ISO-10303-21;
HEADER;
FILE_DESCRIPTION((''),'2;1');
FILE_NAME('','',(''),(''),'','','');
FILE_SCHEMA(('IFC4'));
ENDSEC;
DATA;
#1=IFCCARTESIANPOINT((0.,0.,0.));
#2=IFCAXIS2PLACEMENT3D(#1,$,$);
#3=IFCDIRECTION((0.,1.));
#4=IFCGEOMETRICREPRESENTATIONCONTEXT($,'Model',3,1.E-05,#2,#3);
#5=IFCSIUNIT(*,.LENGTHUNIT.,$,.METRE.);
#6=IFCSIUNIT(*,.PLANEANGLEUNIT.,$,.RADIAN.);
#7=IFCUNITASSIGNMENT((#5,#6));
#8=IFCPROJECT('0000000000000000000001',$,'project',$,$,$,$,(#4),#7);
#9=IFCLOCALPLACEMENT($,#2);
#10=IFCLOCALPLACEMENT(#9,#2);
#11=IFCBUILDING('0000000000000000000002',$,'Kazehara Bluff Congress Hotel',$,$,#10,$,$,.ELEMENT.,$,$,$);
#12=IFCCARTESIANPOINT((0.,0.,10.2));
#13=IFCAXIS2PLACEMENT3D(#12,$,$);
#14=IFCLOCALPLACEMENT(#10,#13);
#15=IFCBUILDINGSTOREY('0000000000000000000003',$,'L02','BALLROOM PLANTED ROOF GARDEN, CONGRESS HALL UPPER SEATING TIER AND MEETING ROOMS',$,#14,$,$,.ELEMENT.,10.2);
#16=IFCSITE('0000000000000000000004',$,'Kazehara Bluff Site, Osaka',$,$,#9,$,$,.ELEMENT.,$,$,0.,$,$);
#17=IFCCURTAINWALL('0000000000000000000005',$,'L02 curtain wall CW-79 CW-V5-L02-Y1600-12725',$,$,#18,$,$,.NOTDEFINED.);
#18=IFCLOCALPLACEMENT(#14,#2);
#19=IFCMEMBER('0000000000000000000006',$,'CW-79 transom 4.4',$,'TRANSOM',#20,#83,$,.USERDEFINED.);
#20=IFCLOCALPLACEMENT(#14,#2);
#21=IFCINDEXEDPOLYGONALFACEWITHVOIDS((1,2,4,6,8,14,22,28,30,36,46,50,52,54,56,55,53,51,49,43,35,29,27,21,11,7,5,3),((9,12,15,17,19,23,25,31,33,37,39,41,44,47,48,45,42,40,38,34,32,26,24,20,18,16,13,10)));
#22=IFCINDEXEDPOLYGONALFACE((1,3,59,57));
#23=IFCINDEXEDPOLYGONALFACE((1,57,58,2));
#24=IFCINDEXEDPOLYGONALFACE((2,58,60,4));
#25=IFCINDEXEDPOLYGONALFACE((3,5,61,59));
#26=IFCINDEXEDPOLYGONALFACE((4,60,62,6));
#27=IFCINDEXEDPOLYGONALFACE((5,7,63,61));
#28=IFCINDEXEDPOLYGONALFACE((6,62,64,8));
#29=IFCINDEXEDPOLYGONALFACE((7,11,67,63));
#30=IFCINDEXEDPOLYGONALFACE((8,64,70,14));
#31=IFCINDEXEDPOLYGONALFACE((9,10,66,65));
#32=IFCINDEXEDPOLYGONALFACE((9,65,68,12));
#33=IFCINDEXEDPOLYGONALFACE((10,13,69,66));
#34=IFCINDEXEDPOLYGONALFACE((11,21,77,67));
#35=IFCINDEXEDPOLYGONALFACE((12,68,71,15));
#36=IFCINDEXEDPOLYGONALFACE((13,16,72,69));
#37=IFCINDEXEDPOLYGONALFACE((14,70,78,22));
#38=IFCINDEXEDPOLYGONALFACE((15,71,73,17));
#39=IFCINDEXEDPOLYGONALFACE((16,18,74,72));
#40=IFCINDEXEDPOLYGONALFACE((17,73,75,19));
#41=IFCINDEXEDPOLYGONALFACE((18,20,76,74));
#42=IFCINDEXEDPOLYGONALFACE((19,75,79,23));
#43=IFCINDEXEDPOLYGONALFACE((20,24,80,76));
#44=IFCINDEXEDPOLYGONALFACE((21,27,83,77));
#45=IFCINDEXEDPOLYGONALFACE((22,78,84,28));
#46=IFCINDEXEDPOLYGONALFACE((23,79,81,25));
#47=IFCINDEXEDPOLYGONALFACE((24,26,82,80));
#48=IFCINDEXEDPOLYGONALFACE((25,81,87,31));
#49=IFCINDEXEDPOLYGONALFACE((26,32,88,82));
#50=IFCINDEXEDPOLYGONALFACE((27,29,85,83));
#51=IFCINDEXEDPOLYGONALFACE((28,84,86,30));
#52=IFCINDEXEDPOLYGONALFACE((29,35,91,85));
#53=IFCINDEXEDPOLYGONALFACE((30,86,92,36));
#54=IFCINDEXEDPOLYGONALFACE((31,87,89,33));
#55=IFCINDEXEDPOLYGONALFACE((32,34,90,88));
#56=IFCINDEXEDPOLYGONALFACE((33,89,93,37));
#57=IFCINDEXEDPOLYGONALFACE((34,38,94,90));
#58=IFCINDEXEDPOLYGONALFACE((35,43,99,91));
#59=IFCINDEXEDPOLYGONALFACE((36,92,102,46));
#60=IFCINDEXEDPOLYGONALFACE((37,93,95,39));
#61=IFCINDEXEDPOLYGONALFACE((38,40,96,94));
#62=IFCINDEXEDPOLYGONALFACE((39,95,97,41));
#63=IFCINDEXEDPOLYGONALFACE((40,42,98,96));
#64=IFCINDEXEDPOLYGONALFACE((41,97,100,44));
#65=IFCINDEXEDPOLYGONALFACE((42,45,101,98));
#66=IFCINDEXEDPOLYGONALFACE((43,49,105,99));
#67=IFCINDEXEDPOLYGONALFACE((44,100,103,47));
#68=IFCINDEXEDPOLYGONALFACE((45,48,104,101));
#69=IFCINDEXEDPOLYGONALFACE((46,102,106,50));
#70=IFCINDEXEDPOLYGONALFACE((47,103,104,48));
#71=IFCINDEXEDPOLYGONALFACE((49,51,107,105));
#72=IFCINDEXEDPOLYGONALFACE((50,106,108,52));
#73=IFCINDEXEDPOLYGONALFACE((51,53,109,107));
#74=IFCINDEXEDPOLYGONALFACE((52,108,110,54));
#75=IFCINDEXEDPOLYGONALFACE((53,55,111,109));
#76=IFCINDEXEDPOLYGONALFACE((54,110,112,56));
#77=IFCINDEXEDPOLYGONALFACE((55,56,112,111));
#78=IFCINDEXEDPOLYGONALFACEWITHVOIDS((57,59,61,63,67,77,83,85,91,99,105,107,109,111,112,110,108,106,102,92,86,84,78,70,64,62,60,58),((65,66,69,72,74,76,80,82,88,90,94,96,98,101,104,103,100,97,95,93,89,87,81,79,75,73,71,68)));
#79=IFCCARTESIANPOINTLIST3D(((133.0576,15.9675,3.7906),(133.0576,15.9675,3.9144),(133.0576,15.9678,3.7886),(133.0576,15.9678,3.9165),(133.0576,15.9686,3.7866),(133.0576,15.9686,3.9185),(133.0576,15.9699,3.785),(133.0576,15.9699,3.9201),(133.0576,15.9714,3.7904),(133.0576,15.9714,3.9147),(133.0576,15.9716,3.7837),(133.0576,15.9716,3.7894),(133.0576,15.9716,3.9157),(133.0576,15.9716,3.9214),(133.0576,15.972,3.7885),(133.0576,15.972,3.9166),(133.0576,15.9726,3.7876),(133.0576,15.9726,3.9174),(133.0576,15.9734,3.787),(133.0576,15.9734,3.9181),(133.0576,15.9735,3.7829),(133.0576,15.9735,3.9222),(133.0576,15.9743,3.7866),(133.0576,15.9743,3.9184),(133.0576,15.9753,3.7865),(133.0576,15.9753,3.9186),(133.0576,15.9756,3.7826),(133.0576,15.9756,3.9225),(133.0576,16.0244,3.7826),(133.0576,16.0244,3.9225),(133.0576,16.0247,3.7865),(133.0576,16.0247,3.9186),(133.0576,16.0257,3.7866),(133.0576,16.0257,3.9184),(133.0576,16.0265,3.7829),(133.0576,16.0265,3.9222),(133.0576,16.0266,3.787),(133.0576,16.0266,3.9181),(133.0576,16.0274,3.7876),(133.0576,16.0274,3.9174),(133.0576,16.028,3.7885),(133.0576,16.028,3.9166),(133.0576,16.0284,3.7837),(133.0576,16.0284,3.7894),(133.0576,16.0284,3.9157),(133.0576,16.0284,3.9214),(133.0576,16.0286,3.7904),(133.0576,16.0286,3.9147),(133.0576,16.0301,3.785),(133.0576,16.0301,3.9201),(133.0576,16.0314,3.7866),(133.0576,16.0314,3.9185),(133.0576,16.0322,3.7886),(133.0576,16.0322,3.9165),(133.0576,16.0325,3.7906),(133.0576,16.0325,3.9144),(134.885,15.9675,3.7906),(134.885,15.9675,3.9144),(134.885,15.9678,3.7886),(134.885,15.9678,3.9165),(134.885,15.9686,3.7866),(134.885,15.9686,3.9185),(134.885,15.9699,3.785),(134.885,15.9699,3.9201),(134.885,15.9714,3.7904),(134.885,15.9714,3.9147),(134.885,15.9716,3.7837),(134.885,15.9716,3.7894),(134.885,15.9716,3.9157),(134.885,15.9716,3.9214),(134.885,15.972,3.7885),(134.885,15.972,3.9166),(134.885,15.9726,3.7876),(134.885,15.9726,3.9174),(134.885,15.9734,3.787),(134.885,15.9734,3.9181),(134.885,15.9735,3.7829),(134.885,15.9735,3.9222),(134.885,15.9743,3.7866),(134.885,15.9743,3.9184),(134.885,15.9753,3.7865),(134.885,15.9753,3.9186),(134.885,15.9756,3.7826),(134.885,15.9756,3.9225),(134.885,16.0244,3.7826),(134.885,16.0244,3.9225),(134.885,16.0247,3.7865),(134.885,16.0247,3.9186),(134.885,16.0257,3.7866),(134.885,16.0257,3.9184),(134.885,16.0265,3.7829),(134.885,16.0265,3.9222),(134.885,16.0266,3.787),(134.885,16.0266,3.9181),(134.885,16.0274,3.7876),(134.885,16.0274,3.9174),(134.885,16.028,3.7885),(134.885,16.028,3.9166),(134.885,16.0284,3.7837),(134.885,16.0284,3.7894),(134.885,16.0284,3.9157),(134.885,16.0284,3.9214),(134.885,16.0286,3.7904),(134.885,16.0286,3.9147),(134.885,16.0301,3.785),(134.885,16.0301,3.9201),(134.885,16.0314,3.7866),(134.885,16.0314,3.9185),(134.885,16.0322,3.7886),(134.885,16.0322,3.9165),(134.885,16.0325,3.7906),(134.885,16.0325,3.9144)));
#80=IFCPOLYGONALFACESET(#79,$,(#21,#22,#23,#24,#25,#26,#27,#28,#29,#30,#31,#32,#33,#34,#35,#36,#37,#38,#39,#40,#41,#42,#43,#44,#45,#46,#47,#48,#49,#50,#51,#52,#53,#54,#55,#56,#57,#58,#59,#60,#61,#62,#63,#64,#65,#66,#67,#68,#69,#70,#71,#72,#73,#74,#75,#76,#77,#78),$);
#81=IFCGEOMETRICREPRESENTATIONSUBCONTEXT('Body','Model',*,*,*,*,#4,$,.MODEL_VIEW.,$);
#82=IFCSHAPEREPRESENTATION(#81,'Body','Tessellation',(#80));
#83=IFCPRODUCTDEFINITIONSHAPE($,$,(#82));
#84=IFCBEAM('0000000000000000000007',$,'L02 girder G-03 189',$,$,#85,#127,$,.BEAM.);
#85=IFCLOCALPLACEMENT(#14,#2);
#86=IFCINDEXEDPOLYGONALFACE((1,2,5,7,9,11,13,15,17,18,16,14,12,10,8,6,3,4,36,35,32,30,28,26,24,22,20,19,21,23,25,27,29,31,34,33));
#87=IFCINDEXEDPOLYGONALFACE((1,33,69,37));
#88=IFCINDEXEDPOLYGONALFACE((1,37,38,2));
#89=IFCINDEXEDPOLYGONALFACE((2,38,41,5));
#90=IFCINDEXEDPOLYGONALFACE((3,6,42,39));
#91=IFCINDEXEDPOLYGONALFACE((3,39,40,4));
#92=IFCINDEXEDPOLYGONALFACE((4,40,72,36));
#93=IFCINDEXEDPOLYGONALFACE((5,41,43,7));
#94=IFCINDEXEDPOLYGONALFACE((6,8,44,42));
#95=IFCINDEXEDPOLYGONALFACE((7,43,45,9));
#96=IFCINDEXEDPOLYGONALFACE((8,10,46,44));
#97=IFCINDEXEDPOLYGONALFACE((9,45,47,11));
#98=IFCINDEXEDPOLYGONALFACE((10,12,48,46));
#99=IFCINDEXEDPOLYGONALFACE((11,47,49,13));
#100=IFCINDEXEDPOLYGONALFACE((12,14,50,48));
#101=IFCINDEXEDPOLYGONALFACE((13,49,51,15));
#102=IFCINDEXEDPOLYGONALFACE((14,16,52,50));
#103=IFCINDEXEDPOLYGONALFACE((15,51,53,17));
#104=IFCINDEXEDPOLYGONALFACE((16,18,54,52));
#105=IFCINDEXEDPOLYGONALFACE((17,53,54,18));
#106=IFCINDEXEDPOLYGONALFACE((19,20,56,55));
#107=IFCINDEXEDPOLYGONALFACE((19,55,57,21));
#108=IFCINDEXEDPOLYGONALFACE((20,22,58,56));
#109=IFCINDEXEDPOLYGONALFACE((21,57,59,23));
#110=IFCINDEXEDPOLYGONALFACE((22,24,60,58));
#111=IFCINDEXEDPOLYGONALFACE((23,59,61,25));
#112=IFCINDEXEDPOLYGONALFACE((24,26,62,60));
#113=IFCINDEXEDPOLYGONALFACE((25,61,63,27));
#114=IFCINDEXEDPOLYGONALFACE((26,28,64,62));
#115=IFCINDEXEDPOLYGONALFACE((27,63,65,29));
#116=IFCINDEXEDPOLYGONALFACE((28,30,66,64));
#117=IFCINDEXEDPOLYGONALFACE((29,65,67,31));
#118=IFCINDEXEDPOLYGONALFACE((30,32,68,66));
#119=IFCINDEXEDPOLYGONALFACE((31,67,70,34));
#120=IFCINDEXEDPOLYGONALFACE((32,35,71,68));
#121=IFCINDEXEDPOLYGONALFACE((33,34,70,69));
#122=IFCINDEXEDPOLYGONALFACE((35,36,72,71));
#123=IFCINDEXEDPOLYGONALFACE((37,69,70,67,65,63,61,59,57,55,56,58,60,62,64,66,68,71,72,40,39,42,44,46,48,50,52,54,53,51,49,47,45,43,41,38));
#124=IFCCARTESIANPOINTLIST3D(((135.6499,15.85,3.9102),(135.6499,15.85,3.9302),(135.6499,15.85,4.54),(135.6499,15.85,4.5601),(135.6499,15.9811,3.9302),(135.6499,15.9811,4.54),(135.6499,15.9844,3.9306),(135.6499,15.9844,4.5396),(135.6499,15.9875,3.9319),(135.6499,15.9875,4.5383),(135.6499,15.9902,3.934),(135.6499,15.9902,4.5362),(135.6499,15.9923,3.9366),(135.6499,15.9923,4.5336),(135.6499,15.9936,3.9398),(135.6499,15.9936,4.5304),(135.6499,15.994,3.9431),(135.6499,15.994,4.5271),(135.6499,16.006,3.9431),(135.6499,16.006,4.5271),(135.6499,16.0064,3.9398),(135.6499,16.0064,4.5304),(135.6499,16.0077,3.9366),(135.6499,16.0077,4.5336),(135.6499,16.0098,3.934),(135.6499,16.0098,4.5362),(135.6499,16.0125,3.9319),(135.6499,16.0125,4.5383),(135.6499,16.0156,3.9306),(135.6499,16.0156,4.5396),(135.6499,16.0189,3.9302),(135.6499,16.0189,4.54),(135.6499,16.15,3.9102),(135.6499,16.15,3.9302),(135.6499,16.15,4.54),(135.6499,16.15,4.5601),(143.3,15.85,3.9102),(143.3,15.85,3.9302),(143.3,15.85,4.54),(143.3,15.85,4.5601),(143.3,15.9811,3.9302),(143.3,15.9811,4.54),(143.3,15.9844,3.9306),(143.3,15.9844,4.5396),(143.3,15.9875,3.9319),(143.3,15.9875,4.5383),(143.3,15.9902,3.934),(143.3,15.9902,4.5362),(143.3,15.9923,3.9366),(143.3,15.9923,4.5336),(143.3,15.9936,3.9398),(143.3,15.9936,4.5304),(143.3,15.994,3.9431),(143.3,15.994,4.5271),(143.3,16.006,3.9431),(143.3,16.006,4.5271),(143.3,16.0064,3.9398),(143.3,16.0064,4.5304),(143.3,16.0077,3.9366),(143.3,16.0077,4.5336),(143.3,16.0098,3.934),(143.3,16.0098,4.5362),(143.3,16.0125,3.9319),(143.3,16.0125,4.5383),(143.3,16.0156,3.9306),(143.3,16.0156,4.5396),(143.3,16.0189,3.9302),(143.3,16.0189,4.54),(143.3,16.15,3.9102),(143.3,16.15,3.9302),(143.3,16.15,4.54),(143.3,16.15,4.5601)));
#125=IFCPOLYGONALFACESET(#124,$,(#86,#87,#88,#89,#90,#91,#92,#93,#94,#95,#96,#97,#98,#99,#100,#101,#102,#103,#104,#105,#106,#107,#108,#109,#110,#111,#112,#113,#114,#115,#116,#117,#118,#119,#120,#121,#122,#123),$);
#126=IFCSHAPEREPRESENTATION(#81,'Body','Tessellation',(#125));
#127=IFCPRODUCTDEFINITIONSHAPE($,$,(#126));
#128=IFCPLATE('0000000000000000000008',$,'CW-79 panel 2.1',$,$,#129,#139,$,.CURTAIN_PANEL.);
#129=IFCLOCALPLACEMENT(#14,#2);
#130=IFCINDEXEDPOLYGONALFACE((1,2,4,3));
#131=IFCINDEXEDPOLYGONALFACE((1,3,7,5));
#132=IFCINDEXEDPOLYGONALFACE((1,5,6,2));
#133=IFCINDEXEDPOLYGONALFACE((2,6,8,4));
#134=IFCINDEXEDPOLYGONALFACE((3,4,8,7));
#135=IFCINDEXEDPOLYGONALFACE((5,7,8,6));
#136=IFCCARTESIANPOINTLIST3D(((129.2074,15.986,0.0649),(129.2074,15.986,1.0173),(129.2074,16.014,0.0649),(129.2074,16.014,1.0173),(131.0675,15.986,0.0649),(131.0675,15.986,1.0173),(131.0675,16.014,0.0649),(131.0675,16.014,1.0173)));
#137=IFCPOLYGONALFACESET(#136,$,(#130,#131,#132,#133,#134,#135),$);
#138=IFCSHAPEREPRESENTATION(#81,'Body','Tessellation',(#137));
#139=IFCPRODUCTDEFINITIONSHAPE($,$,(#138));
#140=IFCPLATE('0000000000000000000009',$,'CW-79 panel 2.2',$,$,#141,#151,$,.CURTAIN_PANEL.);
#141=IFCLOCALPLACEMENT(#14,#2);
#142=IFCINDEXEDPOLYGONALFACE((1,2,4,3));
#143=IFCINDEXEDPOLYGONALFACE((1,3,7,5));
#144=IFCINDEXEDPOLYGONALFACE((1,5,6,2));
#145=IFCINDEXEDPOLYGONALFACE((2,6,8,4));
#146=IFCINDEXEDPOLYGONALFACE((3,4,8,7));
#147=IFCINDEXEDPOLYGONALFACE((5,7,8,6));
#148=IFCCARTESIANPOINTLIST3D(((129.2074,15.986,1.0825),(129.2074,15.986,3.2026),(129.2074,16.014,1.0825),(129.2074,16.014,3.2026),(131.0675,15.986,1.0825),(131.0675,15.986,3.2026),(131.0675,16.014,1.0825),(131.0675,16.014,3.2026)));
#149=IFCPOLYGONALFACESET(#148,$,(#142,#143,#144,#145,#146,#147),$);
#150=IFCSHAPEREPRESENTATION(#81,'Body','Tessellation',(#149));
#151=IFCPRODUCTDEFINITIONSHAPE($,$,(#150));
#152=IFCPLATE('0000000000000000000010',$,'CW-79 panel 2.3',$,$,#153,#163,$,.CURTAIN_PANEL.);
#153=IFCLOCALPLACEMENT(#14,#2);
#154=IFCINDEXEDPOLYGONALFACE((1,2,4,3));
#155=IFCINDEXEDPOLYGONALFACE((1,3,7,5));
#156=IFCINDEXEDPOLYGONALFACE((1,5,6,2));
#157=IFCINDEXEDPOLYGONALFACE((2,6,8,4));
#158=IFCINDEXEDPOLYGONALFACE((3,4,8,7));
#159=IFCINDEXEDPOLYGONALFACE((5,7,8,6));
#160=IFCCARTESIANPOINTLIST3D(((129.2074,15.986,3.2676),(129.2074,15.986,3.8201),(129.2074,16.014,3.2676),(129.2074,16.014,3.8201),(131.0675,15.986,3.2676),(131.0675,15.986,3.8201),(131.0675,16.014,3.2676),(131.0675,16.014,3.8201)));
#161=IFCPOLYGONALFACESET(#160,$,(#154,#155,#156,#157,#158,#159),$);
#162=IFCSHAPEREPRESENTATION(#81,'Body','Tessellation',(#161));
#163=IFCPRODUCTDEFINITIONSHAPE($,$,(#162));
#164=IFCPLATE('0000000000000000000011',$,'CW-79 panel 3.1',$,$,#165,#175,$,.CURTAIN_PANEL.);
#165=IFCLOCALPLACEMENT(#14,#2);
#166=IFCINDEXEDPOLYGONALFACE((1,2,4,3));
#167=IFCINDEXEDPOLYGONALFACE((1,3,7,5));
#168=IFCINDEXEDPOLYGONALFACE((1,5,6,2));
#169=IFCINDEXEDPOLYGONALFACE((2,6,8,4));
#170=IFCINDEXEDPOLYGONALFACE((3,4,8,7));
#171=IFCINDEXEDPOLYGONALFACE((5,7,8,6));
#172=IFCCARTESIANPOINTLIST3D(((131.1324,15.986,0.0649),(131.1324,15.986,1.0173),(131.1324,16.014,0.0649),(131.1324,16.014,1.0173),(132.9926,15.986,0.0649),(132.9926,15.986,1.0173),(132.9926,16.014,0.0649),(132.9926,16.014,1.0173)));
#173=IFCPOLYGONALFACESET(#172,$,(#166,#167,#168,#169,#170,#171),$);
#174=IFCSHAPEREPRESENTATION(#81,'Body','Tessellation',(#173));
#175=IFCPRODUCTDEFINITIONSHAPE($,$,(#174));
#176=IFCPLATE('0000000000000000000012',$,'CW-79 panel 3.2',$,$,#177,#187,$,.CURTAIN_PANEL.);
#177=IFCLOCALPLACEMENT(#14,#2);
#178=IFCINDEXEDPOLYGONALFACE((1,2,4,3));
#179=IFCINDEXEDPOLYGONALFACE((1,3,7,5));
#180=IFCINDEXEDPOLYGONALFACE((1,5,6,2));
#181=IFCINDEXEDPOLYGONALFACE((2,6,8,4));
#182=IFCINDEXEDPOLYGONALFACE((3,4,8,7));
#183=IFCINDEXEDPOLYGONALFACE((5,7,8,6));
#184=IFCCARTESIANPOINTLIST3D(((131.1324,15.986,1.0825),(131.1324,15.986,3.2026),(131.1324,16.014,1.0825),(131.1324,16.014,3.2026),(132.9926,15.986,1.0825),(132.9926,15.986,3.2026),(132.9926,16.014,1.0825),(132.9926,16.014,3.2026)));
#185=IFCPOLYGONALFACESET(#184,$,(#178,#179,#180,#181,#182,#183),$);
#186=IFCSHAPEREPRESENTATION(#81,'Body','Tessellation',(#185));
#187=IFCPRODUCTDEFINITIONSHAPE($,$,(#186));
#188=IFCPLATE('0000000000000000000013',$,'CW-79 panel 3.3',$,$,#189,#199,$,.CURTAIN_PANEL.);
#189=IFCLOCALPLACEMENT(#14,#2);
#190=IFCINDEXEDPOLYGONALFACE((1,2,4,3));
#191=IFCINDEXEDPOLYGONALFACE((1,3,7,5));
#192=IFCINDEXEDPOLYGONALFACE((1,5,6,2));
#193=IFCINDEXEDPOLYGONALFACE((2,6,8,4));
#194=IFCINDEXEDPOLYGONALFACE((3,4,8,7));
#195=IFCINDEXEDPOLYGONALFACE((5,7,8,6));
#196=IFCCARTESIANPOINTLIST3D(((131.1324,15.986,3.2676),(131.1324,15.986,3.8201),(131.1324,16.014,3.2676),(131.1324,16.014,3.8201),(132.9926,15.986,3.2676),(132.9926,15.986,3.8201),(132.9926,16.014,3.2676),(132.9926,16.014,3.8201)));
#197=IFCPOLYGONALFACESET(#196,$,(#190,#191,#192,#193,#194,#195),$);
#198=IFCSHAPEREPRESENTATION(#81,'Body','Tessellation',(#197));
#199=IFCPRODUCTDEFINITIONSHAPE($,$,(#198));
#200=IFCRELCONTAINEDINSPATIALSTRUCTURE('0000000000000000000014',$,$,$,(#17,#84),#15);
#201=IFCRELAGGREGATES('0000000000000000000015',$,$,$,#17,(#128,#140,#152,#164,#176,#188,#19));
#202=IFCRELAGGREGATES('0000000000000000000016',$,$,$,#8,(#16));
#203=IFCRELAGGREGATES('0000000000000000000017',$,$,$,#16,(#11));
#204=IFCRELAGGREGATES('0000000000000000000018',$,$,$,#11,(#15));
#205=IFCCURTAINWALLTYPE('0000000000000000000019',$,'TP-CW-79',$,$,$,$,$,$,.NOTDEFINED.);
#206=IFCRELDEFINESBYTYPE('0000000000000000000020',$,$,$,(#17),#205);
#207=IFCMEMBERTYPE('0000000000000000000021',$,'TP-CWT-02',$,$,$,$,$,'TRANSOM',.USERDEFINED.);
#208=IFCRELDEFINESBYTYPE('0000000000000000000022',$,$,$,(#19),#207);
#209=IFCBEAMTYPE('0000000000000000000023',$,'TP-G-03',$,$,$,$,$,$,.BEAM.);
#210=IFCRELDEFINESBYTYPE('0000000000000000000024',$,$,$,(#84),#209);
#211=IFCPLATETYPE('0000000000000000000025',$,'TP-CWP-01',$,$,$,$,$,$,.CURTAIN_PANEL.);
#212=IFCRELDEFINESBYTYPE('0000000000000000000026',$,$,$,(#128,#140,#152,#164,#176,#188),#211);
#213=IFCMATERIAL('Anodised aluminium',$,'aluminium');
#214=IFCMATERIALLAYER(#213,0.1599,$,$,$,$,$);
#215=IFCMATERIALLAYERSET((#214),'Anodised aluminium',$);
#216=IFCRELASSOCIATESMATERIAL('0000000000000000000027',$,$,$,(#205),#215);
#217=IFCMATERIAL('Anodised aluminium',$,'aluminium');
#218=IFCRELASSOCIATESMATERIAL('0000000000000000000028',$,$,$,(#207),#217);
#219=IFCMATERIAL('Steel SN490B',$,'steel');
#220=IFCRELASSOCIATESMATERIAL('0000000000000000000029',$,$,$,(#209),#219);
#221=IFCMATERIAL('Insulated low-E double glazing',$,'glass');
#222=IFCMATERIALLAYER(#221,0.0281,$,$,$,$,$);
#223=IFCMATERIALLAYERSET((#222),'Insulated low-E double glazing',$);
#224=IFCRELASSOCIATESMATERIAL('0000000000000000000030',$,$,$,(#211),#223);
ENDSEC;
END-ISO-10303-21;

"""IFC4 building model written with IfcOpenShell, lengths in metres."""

from ifc_helpers import new_model, si_unit, direction, frame, origin, origin_2d, place, context, subcontext, project, spatial, rectangle, hollow_rectangle, i_section, extrude, material, layer, layer_set, material_profile, profile_set, type_object, element, aggregate, save


model = new_model("IFC4")

# Units and contexts
model_context = context("Model", 3, precision=1e-05, world=origin(), true_north=direction((0.0, 1.0)))
body_context = subcontext(model_context, "Body", "Model", "MODEL_VIEW")
ifc_project = project(units=[si_unit("LENGTHUNIT", "METRE"), si_unit("PLANEANGLEUNIT", "RADIAN")], contexts=[model_context])

# Site, building, storey
site_placement = place(None, origin())
site = spatial("IfcSite", under=ifc_project, at=site_placement, Name="Kazehara Bluff Site, Osaka", CompositionType="ELEMENT", RefElevation=0.0)
building_placement = place(site_placement, origin())
building = spatial("IfcBuilding", under=site, at=building_placement, Name="Kazehara Bluff Congress Hotel", CompositionType="ELEMENT")
storey_placement = place(building_placement, frame((0.0, 0.0, 10.2)))
storey = spatial("IfcBuildingStorey", under=building, at=storey_placement, Name="L02", Description="BALLROOM PLANTED ROOF GARDEN, CONGRESS HALL UPPER SEATING TIER AND MEETING ROOMS", CompositionType="ELEMENT", Elevation=10.2)

# Curtain wall
ifc_material_1 = material(Name="Anodised aluminium", Category="aluminium")
ifc_layer_1 = layer(ifc_material_1, 0.1599)
ifc_layer_set_1 = layer_set([ifc_layer_1], Name="Anodised aluminium")
curtain_wall_type_1 = type_object("IfcCurtainWallType", Name="TP-CW-79", PredefinedType="NOTDEFINED", material=ifc_layer_set_1)
curtain_wall_1_placement = place(storey_placement, origin())
curtain_wall_1 = element("IfcCurtainWall", 1, at=curtain_wall_1_placement, inside=storey, type_object=curtain_wall_type_1, Name="L02 curtain wall CW-79 CW-V5-L02-Y1600-12725", PredefinedType="NOTDEFINED")

# Member
ifc_material_2 = material(Name="Anodised aluminium", Category="aluminium")
ifc_material_profile_1 = material_profile(ifc_material_2, hollow_rectangle(XDim=0.0649, YDim=0.1399, WallThickness=0.0039, InnerFilletRadius=0.0039, OuterFilletRadius=0.0081, at=origin_2d()))
ifc_profile_set_1 = profile_set([ifc_material_profile_1], Name="Anodised aluminium")
member_type_1 = type_object("IfcMemberType", Name="TP-CWT-02", ElementType="TRANSOM", PredefinedType="USERDEFINED", material=ifc_profile_set_1)
member_1_placement = place(storey_placement, frame((133.0576, 16.0, 3.8525), z_axis=(1.0, 0.0, 0.0), x_axis=(0.0, 1.0, 0.0)))
member_1 = element("IfcMember", 2, at=member_1_placement, type_object=member_type_1, Name="CW-79 transom 4.4", ObjectType="TRANSOM", PredefinedType="USERDEFINED", context=body_context, shape_type="SweptSolid", body=[
    extrude(hollow_rectangle(XDim=0.0649, YDim=0.1399, WallThickness=0.0039, InnerFilletRadius=0.0039, OuterFilletRadius=0.0081, at=origin_2d()), origin(), (0.0, 0.0, 1.0), 1.8274),
])

# Beam
ifc_material_3 = material(Name="Steel SN490B", Category="steel")
ifc_material_profile_2 = material_profile(ifc_material_3, i_section(OverallWidth=0.3, OverallDepth=0.6499, WebThickness=0.012, FlangeThickness=0.02, FilletRadius=0.0129, at=origin_2d()))
ifc_profile_set_2 = profile_set([ifc_material_profile_2], Name="Steel SN490B")
beam_type = type_object("IfcBeamType", Name="TP-G-03", PredefinedType="BEAM", material=ifc_profile_set_2)
beam_placement = place(storey_placement, frame((135.6499, 16.0, 4.2351), z_axis=(1.0, 0.0, 0.0), x_axis=(0.0, 1.0, 0.0)))
element("IfcBeam", 3, at=beam_placement, inside=storey, type_object=beam_type, Name="L02 girder G-03 189", PredefinedType="BEAM", context=body_context, shape_type="SweptSolid", body=[
    extrude(i_section(OverallWidth=0.3, OverallDepth=0.6499, WebThickness=0.012, FlangeThickness=0.02, FilletRadius=0.0129, at=origin_2d()), origin(), (0.0, 0.0, 1.0), 7.6501),
])

# Plates
ifc_material_4 = material(Name="Insulated low-E double glazing", Category="glass")
ifc_layer_2 = layer(ifc_material_4, 0.0281)
ifc_layer_set_2 = layer_set([ifc_layer_2], Name="Insulated low-E double glazing")
plate_type = type_object("IfcPlateType", Name="TP-CWP-01", PredefinedType="CURTAIN_PANEL", material=ifc_layer_set_2)
plate_1_placement = place(storey_placement, frame((130.1375, 16.0, 0.0649), z_axis=(0.0, 0.0, 1.0), x_axis=(1.0, 0.0, 0.0)))
plate_1 = element("IfcPlate", 4, at=plate_1_placement, type_object=plate_type, Name="CW-79 panel 2.1", PredefinedType="CURTAIN_PANEL", context=body_context, shape_type="SweptSolid", body=[
    extrude(rectangle(XDim=1.8601, YDim=0.0281, at=origin_2d()), origin(), (0.0, 0.0, 1.0), 0.9524),
])
plate_2_placement = place(storey_placement, frame((130.1375, 16.0, 1.0825), z_axis=(0.0, 0.0, 1.0), x_axis=(1.0, 0.0, 0.0)))
plate_2 = element("IfcPlate", 5, at=plate_2_placement, type_object=plate_type, Name="CW-79 panel 2.2", PredefinedType="CURTAIN_PANEL", context=body_context, shape_type="SweptSolid", body=[
    extrude(rectangle(XDim=1.8601, YDim=0.0281, at=origin_2d()), origin(), (0.0, 0.0, 1.0), 2.1201),
])
plate_3_placement = place(storey_placement, frame((130.1375, 16.0, 3.2676), z_axis=(0.0, 0.0, 1.0), x_axis=(1.0, 0.0, 0.0)))
plate_3 = element("IfcPlate", 6, at=plate_3_placement, type_object=plate_type, Name="CW-79 panel 2.3", PredefinedType="CURTAIN_PANEL", context=body_context, shape_type="SweptSolid", body=[
    extrude(rectangle(XDim=1.8601, YDim=0.0281, at=origin_2d()), origin(), (0.0, 0.0, 1.0), 0.5525),
])
plate_4_placement = place(storey_placement, frame((132.0625, 16.0, 0.0649), z_axis=(0.0, 0.0, 1.0), x_axis=(1.0, 0.0, 0.0)))
plate_4 = element("IfcPlate", 7, at=plate_4_placement, type_object=plate_type, Name="CW-79 panel 3.1", PredefinedType="CURTAIN_PANEL", context=body_context, shape_type="SweptSolid", body=[
    extrude(rectangle(XDim=1.8601, YDim=0.0281, at=origin_2d()), origin(), (0.0, 0.0, 1.0), 0.9524),
])
plate_5_placement = place(storey_placement, frame((132.0625, 16.0, 1.0825), z_axis=(0.0, 0.0, 1.0), x_axis=(1.0, 0.0, 0.0)))
plate_5 = element("IfcPlate", 8, at=plate_5_placement, type_object=plate_type, Name="CW-79 panel 3.2", PredefinedType="CURTAIN_PANEL", context=body_context, shape_type="SweptSolid", body=[
    extrude(rectangle(XDim=1.8601, YDim=0.0281, at=origin_2d()), origin(), (0.0, 0.0, 1.0), 2.1201),
])
plate_6_placement = place(storey_placement, frame((132.0625, 16.0, 3.2676), z_axis=(0.0, 0.0, 1.0), x_axis=(1.0, 0.0, 0.0)))
plate_6 = element("IfcPlate", 9, at=plate_6_placement, type_object=plate_type, Name="CW-79 panel 3.3", PredefinedType="CURTAIN_PANEL", context=body_context, shape_type="SweptSolid", body=[
    extrude(rectangle(XDim=1.8601, YDim=0.0281, at=origin_2d()), origin(), (0.0, 0.0, 1.0), 0.5525),
])
aggregate(curtain_wall_1, [plate_1, plate_2, plate_3, plate_4, plate_5, plate_6, member_1])

save(model, "model.ifc")
